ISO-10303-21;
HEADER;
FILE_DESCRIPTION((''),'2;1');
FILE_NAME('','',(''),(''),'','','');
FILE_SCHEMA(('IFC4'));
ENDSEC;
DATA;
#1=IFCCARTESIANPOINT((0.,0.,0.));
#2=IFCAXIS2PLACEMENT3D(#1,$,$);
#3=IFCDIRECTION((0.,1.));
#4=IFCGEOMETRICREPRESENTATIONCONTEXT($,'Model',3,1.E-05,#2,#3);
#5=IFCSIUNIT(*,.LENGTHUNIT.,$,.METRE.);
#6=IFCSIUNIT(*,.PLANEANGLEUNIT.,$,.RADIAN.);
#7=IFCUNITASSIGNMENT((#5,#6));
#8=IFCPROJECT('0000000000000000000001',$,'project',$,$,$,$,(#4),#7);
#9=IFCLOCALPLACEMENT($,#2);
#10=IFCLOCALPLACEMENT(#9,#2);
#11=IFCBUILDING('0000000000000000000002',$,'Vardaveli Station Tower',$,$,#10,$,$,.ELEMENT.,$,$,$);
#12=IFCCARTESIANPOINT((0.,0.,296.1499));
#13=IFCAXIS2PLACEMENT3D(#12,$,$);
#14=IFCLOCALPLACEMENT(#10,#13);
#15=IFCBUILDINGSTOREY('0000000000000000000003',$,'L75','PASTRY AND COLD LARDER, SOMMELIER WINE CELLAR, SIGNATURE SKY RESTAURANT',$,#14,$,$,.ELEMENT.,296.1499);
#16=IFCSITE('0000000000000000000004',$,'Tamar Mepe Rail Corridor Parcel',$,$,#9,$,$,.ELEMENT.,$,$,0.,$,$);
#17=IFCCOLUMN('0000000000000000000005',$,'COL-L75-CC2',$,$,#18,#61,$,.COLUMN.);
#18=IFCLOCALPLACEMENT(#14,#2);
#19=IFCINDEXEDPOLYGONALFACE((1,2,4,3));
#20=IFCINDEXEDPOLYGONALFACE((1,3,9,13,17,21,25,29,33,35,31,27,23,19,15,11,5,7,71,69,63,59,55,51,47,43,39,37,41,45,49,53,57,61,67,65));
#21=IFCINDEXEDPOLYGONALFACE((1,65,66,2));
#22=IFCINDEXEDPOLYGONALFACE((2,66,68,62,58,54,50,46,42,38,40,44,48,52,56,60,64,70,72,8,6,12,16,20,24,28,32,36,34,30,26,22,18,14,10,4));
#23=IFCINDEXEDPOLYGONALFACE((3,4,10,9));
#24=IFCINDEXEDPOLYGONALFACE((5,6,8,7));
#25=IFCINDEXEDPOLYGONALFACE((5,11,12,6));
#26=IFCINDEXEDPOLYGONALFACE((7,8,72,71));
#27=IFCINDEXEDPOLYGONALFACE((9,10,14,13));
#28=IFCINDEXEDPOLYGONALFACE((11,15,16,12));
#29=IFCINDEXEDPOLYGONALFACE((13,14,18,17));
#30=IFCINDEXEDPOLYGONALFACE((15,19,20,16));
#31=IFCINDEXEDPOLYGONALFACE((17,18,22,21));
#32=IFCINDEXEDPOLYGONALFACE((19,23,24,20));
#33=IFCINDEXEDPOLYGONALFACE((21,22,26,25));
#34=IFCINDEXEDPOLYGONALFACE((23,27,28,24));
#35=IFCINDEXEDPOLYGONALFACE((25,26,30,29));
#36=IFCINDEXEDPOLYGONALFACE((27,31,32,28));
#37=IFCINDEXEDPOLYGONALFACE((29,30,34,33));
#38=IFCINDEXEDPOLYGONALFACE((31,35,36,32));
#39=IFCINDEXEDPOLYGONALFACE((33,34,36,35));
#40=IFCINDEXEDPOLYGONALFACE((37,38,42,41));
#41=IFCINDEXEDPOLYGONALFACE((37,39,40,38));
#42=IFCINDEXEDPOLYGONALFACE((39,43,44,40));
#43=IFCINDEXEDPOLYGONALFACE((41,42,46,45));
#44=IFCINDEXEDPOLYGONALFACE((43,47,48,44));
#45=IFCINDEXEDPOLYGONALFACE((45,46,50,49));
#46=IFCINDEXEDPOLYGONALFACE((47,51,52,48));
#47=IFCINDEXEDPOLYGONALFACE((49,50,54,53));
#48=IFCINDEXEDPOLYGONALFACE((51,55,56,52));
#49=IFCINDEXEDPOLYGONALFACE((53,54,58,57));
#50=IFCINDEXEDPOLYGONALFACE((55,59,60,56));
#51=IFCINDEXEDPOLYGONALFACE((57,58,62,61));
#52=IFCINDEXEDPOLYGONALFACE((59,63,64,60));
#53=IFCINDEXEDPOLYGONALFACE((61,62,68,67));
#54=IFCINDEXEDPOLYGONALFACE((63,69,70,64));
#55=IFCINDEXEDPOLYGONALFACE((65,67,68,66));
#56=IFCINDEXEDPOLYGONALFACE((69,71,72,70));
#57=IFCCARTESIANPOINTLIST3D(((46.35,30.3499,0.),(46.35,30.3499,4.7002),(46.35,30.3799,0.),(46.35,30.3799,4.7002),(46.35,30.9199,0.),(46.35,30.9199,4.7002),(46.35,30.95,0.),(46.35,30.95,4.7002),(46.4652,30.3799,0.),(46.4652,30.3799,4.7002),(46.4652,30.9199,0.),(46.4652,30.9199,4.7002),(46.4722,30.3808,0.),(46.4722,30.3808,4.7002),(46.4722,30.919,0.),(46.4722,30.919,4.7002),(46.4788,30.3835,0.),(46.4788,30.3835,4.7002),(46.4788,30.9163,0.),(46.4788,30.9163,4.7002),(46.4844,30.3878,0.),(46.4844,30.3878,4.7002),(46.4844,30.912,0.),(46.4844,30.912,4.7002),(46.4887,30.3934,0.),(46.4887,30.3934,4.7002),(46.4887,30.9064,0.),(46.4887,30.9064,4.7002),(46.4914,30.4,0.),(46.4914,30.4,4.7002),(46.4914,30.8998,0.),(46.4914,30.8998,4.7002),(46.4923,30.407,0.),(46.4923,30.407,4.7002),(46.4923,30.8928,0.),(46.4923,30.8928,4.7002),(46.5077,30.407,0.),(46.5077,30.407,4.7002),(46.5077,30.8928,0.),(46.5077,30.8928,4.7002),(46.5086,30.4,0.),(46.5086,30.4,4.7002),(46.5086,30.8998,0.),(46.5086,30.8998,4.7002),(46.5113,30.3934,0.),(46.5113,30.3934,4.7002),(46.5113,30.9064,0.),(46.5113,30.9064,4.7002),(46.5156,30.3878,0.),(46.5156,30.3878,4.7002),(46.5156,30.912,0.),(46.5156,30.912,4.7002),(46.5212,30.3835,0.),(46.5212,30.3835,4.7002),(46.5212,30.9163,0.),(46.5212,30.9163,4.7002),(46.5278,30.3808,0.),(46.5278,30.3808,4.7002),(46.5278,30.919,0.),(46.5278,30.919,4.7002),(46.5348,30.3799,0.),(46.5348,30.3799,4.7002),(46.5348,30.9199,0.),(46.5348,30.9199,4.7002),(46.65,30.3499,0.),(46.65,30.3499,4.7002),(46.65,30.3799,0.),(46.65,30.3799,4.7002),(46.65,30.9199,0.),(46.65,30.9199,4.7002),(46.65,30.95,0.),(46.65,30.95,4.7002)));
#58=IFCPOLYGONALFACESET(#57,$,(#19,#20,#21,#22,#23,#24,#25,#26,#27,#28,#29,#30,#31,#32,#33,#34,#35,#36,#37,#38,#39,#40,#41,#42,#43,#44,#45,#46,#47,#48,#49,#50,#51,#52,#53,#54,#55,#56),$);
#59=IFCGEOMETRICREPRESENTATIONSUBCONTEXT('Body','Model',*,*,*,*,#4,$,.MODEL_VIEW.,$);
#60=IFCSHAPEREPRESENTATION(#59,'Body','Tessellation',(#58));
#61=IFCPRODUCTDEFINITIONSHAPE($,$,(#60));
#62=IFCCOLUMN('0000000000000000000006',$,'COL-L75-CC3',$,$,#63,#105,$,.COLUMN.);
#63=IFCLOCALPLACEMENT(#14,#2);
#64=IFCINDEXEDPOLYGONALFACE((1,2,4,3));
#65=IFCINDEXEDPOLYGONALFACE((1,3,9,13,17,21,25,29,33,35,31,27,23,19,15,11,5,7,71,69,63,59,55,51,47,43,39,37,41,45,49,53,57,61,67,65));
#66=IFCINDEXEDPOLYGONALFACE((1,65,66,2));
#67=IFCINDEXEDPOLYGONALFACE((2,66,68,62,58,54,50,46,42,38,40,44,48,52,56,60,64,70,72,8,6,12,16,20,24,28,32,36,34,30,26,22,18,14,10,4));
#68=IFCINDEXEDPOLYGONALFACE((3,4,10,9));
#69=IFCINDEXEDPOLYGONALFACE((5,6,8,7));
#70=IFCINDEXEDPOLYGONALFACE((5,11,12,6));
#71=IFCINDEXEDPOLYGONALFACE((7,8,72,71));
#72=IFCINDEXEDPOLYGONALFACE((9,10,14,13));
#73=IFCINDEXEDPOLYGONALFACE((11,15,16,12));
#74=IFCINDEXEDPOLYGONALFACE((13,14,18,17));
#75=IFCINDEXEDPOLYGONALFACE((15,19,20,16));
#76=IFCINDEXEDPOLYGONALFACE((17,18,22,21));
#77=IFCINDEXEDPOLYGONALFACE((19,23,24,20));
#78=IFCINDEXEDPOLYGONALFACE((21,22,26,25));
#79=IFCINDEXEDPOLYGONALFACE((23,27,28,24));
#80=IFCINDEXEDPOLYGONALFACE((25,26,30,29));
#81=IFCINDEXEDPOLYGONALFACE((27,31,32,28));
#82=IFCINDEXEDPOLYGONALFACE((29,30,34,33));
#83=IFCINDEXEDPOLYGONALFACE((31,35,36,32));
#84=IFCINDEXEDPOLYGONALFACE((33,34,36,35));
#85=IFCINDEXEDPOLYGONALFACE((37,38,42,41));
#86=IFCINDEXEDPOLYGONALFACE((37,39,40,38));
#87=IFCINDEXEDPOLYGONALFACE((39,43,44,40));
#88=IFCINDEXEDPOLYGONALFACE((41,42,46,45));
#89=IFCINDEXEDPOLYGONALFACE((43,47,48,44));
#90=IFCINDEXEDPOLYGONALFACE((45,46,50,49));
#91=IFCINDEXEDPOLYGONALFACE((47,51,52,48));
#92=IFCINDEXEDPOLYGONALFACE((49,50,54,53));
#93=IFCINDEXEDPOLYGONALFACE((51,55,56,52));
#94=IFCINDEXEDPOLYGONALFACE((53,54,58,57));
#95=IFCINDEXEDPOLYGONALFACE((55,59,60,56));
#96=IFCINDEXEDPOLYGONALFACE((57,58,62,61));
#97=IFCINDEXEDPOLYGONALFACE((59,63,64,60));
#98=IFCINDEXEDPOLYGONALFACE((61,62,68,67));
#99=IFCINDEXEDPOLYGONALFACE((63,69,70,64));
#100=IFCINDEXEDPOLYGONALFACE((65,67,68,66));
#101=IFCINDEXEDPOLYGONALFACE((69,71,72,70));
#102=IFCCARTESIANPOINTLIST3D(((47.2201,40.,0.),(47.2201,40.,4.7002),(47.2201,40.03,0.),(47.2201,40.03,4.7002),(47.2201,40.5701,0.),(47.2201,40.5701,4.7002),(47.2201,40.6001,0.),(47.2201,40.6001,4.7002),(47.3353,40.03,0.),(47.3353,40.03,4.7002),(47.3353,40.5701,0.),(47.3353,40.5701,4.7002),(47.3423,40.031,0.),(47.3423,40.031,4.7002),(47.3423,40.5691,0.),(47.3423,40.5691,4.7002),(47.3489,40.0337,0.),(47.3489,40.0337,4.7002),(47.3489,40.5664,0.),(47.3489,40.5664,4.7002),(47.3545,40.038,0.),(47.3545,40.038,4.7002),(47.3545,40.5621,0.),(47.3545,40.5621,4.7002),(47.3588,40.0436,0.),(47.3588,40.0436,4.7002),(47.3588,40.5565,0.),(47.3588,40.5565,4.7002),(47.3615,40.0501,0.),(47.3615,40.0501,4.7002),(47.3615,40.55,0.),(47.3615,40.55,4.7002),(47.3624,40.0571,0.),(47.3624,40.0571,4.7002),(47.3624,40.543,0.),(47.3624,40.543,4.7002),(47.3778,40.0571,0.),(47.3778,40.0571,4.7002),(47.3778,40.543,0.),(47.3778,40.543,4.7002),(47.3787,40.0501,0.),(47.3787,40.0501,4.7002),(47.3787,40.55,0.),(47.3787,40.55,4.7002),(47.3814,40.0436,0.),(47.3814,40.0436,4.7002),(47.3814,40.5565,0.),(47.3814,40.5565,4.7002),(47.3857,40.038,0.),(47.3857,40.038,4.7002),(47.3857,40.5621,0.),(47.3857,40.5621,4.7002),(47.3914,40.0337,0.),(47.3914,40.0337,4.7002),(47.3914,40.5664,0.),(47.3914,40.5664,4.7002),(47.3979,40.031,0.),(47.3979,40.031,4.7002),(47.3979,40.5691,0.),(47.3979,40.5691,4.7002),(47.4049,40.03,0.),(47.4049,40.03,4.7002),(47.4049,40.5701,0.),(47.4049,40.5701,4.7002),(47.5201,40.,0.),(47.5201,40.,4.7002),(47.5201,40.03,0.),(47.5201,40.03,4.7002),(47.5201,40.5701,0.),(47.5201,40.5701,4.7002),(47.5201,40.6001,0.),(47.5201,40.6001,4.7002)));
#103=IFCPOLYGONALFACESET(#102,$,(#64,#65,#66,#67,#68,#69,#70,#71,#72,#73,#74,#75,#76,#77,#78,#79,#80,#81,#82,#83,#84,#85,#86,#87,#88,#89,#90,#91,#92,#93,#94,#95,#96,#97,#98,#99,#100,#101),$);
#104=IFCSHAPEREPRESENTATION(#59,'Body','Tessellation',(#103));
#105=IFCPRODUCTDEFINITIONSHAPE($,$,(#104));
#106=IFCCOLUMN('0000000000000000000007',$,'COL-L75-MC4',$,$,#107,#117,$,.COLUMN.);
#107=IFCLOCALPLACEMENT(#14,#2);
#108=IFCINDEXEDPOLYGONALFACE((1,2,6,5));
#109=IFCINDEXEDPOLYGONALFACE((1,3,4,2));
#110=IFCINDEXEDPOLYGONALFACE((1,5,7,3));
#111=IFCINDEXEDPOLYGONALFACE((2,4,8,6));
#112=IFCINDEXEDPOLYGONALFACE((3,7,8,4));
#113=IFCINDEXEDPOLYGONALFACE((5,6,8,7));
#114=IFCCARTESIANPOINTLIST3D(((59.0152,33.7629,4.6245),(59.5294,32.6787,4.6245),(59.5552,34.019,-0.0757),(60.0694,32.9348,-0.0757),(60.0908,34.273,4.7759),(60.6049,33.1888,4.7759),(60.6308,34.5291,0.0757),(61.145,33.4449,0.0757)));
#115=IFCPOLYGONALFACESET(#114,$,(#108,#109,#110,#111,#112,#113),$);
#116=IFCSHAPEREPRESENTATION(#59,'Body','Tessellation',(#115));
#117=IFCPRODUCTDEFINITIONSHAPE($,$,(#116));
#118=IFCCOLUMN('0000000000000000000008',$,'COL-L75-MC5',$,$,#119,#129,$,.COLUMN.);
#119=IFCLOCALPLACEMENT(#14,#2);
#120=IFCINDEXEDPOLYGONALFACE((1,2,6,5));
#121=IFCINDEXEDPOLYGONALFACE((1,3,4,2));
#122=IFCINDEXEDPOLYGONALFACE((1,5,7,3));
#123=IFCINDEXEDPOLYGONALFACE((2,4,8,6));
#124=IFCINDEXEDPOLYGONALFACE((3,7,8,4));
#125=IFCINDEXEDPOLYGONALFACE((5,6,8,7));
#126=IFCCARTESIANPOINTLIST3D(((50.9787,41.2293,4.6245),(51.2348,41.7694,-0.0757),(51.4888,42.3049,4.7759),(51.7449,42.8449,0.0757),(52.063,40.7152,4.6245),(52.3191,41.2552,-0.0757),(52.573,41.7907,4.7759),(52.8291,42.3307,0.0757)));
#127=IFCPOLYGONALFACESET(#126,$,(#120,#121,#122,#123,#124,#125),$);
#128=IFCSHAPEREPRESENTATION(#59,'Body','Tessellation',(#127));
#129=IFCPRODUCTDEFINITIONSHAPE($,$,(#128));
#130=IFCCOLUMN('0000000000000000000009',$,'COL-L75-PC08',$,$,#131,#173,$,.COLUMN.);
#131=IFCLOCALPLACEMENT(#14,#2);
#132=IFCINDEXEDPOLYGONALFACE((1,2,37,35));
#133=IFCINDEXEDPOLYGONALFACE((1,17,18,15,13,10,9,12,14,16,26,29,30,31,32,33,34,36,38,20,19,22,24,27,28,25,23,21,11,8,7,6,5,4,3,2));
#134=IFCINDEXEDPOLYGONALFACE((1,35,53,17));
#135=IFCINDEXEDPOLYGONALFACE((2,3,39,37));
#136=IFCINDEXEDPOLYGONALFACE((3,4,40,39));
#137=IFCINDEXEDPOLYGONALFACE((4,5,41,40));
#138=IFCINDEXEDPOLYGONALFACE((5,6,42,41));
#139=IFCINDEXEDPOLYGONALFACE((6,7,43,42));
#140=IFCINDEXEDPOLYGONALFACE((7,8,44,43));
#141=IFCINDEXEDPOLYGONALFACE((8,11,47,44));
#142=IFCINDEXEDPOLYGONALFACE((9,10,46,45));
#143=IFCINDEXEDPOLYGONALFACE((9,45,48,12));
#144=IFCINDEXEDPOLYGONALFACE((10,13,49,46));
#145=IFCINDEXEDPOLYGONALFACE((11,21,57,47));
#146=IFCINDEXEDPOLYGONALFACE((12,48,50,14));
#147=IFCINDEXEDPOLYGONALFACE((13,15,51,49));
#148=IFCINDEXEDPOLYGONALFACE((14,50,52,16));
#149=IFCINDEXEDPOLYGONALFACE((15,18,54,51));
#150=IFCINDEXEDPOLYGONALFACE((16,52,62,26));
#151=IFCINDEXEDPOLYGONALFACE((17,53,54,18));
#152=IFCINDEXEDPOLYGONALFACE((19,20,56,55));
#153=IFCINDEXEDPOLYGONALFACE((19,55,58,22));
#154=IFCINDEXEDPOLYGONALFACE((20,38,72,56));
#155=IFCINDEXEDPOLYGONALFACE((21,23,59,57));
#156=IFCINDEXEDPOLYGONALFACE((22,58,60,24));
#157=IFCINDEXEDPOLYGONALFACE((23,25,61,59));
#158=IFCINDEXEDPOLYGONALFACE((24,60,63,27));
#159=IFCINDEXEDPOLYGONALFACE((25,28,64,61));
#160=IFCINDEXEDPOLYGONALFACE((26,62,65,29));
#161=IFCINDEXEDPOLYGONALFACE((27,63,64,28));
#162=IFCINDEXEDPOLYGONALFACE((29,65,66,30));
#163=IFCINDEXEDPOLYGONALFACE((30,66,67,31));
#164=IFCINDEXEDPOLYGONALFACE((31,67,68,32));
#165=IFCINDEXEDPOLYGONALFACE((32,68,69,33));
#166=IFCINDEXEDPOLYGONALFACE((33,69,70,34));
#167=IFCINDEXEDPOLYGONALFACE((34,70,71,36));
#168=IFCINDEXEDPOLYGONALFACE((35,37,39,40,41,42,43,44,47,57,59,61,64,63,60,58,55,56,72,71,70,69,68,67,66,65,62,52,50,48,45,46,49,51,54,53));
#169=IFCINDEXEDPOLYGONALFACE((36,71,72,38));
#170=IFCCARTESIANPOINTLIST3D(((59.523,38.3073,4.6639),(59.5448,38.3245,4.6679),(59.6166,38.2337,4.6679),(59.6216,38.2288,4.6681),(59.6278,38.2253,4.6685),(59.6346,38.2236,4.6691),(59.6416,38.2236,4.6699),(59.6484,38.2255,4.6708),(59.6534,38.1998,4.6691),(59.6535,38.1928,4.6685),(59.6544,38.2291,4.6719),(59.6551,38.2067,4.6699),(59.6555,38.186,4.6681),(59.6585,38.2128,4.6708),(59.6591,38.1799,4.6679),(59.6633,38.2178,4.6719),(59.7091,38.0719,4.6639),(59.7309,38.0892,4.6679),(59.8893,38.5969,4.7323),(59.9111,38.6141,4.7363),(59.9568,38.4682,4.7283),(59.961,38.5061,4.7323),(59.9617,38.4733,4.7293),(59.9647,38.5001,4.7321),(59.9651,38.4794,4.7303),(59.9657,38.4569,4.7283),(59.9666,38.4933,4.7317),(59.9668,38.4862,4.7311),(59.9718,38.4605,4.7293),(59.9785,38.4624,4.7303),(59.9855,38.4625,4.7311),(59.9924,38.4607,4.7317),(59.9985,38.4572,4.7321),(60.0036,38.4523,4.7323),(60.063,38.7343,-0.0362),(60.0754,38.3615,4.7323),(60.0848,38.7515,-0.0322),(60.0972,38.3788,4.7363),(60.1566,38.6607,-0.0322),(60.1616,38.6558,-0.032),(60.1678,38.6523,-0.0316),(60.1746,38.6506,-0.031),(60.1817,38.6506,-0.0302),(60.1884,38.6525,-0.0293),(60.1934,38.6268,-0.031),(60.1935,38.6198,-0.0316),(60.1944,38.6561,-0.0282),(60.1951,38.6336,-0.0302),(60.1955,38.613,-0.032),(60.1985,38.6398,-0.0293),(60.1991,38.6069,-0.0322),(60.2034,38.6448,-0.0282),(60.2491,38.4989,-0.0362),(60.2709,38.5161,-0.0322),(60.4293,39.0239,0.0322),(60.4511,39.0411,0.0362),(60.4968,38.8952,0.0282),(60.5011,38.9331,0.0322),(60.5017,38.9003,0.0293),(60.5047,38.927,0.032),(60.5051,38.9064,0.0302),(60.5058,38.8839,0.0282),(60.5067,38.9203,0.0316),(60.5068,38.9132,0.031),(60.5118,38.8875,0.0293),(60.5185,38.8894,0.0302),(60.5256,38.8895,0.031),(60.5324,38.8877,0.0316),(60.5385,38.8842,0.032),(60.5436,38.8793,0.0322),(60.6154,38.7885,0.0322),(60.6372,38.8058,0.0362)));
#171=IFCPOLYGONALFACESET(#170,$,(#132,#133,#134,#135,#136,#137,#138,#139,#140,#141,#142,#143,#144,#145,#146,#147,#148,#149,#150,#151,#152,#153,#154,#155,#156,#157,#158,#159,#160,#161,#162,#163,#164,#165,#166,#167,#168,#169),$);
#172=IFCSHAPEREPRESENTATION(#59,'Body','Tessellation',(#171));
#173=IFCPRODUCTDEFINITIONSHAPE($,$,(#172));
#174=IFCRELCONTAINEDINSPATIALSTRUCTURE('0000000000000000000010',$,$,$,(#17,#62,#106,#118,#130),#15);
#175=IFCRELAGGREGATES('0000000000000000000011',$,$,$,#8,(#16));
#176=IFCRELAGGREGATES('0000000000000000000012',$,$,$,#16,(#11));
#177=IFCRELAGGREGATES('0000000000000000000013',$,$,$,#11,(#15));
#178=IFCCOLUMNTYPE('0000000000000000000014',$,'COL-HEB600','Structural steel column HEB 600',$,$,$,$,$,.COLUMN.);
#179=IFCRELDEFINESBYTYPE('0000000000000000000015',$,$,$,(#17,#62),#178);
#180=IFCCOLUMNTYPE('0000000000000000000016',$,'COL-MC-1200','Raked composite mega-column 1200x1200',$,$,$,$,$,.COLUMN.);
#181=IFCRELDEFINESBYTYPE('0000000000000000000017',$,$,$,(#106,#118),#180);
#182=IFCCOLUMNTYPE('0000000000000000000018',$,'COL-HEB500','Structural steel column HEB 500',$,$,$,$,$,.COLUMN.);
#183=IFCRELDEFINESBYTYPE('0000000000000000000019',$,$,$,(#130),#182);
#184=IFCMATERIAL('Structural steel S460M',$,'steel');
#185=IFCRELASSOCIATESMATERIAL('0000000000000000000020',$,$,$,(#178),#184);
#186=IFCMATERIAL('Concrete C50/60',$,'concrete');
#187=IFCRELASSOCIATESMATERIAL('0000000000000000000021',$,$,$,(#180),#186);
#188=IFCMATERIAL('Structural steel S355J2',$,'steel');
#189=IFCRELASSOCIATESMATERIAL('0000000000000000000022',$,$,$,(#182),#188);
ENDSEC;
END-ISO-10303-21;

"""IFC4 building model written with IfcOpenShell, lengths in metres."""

from ifc_helpers import new_model, si_unit, direction, frame, origin, origin_2d, place, context, subcontext, project, spatial, rectangle, i_section, extrude, source, transform, mapped, material, material_profile, profile_set, type_object, element, save


model = new_model("IFC4")

# Units and contexts
model_context = context("Model", 3, precision=1e-05, world=origin(), true_north=direction((0.0, 1.0)))
body_context = subcontext(model_context, "Body", "Model", "MODEL_VIEW")
ifc_project = project(units=[si_unit("LENGTHUNIT", "METRE"), si_unit("PLANEANGLEUNIT", "RADIAN")], contexts=[model_context])

# Site, building, storey
site_placement = place(None, origin())
site = spatial("IfcSite", under=ifc_project, at=site_placement, Name="Tamar Mepe Rail Corridor Parcel", CompositionType="ELEMENT", RefElevation=0.0)
building_placement = place(site_placement, origin())
building = spatial("IfcBuilding", under=site, at=building_placement, Name="Vardaveli Station Tower", CompositionType="ELEMENT")
storey_placement = place(building_placement, frame((0.0, 0.0, 296.1499)))
storey = spatial("IfcBuildingStorey", under=building, at=storey_placement, Name="L75", Description="PASTRY AND COLD LARDER, SOMMELIER WINE CELLAR, SIGNATURE SKY RESTAURANT", CompositionType="ELEMENT", Elevation=296.1499)

# Columns
ifc_material_1 = material(Name="Structural steel S460M", Category="steel")
ifc_material_profile_1 = material_profile(ifc_material_1, i_section(OverallWidth=0.3, OverallDepth=0.6001, WebThickness=0.0154, FlangeThickness=0.03, FilletRadius=0.0271, at=origin_2d()), Name="HEB 600")
ifc_profile_set_1 = profile_set([ifc_material_profile_1], Name="Structural steel S460M")
column_type_1 = type_object("IfcColumnType", Name="COL-HEB600", Description="Structural steel column HEB 600", PredefinedType="COLUMN", material=ifc_profile_set_1)
shared_shape_1 = source(origin(), body_context, "Body", "SweptSolid", [
    extrude(i_section(OverallWidth=0.3, OverallDepth=0.6001, WebThickness=0.0154, FlangeThickness=0.03, FilletRadius=0.0271, at=origin_2d()), origin(), (0.0, 0.0, 1.0), 4.7002),
])
for number, where, z_axis, x_axis, name in (
    (1, (46.5, 30.6499, 0.0), (0.0, 0.0, 1.0), (1.0, 0.0, 0.0), "COL-L75-CC2"),
    (2, (47.3701, 40.3, 0.0), (0.0, 0.0, 1.0), (1.0, 0.0, 0.0), "COL-L75-CC3"),
):
    element("IfcColumn", number, at=place(storey_placement, frame(where, z_axis=z_axis, x_axis=x_axis)), inside=storey, type_object=column_type_1, Name=name, PredefinedType="COLUMN", context=body_context, shape_type="MappedRepresentation", body=[
        mapped(shared_shape_1, transform((0.0, 0.0, 0.0), scale=1.0)),
    ])
ifc_material_2 = material(Name="Concrete C50/60", Category="concrete")
ifc_material_profile_2 = material_profile(ifc_material_2, rectangle(XDim=1.2, YDim=1.2, at=origin_2d()), Name="MC 1200x1200")
ifc_profile_set_2 = profile_set([ifc_material_profile_2], Name="Concrete C50/60")
column_type_2 = type_object("IfcColumnType", Name="COL-MC-1200", Description="Raked composite mega-column 1200x1200", PredefinedType="COLUMN", material=ifc_profile_set_2)
shared_shape_2 = source(origin(), body_context, "Body", "SweptSolid", [
    extrude(rectangle(XDim=1.2, YDim=1.2, at=origin_2d()), origin(), (0.0, 0.0, 1.0), 4.738),
])
for number, where, z_axis, x_axis, name in (
    (3, (60.3501, 33.7319, 0.0), (-0.113979, -0.054053, 0.992012), (0.42849, -0.903546, 0.0), "COL-L75-MC4"),
    (4, (52.032, 42.05, 0.0), (-0.054053, -0.113979, 0.992012), (0.903546, -0.42849, 0.0), "COL-L75-MC5"),
):
    element("IfcColumn", number, at=place(storey_placement, frame(where, z_axis=z_axis, x_axis=x_axis)), inside=storey, type_object=column_type_2, Name=name, PredefinedType="COLUMN", context=body_context, shape_type="MappedRepresentation", body=[
        mapped(shared_shape_2, transform((0.0, 0.0, 0.0), scale=1.0)),
    ])
ifc_material_3 = material(Name="Structural steel S355J2", Category="steel")
ifc_material_profile_3 = material_profile(ifc_material_3, i_section(OverallWidth=0.3, OverallDepth=0.5, WebThickness=0.0144, FlangeThickness=0.0281, FilletRadius=0.0271, at=origin_2d()), Name="HEB 500")
ifc_profile_set_3 = profile_set([ifc_material_profile_3], Name="Structural steel S355J2")
column_type_3 = type_object("IfcColumnType", Name="COL-HEB500", Description="Structural steel column HEB 500", PredefinedType="COLUMN", material=ifc_profile_set_3)
shared_shape_3 = source(origin(), body_context, "Body", "SweptSolid", [
    extrude(i_section(OverallWidth=0.3, OverallDepth=0.5, WebThickness=0.0144, FlangeThickness=0.0281, FilletRadius=0.0271, at=origin_2d()), origin(), (0.0, 0.0, 1.0), 4.7502),
])
for number, where, z_axis, x_axis, name in (
    (5, (60.3501, 38.77, 0.0), (-0.113684, -0.089889, 0.989442), (0.620231, -0.78442, 0.0), "COL-L75-PC08"),
):
    element("IfcColumn", number, at=place(storey_placement, frame(where, z_axis=z_axis, x_axis=x_axis)), inside=storey, type_object=column_type_3, Name=name, PredefinedType="COLUMN", context=body_context, shape_type="MappedRepresentation", body=[
        mapped(shared_shape_3, transform((0.0, 0.0, 0.0), scale=1.0)),
    ])

save(model, "model.ifc")
